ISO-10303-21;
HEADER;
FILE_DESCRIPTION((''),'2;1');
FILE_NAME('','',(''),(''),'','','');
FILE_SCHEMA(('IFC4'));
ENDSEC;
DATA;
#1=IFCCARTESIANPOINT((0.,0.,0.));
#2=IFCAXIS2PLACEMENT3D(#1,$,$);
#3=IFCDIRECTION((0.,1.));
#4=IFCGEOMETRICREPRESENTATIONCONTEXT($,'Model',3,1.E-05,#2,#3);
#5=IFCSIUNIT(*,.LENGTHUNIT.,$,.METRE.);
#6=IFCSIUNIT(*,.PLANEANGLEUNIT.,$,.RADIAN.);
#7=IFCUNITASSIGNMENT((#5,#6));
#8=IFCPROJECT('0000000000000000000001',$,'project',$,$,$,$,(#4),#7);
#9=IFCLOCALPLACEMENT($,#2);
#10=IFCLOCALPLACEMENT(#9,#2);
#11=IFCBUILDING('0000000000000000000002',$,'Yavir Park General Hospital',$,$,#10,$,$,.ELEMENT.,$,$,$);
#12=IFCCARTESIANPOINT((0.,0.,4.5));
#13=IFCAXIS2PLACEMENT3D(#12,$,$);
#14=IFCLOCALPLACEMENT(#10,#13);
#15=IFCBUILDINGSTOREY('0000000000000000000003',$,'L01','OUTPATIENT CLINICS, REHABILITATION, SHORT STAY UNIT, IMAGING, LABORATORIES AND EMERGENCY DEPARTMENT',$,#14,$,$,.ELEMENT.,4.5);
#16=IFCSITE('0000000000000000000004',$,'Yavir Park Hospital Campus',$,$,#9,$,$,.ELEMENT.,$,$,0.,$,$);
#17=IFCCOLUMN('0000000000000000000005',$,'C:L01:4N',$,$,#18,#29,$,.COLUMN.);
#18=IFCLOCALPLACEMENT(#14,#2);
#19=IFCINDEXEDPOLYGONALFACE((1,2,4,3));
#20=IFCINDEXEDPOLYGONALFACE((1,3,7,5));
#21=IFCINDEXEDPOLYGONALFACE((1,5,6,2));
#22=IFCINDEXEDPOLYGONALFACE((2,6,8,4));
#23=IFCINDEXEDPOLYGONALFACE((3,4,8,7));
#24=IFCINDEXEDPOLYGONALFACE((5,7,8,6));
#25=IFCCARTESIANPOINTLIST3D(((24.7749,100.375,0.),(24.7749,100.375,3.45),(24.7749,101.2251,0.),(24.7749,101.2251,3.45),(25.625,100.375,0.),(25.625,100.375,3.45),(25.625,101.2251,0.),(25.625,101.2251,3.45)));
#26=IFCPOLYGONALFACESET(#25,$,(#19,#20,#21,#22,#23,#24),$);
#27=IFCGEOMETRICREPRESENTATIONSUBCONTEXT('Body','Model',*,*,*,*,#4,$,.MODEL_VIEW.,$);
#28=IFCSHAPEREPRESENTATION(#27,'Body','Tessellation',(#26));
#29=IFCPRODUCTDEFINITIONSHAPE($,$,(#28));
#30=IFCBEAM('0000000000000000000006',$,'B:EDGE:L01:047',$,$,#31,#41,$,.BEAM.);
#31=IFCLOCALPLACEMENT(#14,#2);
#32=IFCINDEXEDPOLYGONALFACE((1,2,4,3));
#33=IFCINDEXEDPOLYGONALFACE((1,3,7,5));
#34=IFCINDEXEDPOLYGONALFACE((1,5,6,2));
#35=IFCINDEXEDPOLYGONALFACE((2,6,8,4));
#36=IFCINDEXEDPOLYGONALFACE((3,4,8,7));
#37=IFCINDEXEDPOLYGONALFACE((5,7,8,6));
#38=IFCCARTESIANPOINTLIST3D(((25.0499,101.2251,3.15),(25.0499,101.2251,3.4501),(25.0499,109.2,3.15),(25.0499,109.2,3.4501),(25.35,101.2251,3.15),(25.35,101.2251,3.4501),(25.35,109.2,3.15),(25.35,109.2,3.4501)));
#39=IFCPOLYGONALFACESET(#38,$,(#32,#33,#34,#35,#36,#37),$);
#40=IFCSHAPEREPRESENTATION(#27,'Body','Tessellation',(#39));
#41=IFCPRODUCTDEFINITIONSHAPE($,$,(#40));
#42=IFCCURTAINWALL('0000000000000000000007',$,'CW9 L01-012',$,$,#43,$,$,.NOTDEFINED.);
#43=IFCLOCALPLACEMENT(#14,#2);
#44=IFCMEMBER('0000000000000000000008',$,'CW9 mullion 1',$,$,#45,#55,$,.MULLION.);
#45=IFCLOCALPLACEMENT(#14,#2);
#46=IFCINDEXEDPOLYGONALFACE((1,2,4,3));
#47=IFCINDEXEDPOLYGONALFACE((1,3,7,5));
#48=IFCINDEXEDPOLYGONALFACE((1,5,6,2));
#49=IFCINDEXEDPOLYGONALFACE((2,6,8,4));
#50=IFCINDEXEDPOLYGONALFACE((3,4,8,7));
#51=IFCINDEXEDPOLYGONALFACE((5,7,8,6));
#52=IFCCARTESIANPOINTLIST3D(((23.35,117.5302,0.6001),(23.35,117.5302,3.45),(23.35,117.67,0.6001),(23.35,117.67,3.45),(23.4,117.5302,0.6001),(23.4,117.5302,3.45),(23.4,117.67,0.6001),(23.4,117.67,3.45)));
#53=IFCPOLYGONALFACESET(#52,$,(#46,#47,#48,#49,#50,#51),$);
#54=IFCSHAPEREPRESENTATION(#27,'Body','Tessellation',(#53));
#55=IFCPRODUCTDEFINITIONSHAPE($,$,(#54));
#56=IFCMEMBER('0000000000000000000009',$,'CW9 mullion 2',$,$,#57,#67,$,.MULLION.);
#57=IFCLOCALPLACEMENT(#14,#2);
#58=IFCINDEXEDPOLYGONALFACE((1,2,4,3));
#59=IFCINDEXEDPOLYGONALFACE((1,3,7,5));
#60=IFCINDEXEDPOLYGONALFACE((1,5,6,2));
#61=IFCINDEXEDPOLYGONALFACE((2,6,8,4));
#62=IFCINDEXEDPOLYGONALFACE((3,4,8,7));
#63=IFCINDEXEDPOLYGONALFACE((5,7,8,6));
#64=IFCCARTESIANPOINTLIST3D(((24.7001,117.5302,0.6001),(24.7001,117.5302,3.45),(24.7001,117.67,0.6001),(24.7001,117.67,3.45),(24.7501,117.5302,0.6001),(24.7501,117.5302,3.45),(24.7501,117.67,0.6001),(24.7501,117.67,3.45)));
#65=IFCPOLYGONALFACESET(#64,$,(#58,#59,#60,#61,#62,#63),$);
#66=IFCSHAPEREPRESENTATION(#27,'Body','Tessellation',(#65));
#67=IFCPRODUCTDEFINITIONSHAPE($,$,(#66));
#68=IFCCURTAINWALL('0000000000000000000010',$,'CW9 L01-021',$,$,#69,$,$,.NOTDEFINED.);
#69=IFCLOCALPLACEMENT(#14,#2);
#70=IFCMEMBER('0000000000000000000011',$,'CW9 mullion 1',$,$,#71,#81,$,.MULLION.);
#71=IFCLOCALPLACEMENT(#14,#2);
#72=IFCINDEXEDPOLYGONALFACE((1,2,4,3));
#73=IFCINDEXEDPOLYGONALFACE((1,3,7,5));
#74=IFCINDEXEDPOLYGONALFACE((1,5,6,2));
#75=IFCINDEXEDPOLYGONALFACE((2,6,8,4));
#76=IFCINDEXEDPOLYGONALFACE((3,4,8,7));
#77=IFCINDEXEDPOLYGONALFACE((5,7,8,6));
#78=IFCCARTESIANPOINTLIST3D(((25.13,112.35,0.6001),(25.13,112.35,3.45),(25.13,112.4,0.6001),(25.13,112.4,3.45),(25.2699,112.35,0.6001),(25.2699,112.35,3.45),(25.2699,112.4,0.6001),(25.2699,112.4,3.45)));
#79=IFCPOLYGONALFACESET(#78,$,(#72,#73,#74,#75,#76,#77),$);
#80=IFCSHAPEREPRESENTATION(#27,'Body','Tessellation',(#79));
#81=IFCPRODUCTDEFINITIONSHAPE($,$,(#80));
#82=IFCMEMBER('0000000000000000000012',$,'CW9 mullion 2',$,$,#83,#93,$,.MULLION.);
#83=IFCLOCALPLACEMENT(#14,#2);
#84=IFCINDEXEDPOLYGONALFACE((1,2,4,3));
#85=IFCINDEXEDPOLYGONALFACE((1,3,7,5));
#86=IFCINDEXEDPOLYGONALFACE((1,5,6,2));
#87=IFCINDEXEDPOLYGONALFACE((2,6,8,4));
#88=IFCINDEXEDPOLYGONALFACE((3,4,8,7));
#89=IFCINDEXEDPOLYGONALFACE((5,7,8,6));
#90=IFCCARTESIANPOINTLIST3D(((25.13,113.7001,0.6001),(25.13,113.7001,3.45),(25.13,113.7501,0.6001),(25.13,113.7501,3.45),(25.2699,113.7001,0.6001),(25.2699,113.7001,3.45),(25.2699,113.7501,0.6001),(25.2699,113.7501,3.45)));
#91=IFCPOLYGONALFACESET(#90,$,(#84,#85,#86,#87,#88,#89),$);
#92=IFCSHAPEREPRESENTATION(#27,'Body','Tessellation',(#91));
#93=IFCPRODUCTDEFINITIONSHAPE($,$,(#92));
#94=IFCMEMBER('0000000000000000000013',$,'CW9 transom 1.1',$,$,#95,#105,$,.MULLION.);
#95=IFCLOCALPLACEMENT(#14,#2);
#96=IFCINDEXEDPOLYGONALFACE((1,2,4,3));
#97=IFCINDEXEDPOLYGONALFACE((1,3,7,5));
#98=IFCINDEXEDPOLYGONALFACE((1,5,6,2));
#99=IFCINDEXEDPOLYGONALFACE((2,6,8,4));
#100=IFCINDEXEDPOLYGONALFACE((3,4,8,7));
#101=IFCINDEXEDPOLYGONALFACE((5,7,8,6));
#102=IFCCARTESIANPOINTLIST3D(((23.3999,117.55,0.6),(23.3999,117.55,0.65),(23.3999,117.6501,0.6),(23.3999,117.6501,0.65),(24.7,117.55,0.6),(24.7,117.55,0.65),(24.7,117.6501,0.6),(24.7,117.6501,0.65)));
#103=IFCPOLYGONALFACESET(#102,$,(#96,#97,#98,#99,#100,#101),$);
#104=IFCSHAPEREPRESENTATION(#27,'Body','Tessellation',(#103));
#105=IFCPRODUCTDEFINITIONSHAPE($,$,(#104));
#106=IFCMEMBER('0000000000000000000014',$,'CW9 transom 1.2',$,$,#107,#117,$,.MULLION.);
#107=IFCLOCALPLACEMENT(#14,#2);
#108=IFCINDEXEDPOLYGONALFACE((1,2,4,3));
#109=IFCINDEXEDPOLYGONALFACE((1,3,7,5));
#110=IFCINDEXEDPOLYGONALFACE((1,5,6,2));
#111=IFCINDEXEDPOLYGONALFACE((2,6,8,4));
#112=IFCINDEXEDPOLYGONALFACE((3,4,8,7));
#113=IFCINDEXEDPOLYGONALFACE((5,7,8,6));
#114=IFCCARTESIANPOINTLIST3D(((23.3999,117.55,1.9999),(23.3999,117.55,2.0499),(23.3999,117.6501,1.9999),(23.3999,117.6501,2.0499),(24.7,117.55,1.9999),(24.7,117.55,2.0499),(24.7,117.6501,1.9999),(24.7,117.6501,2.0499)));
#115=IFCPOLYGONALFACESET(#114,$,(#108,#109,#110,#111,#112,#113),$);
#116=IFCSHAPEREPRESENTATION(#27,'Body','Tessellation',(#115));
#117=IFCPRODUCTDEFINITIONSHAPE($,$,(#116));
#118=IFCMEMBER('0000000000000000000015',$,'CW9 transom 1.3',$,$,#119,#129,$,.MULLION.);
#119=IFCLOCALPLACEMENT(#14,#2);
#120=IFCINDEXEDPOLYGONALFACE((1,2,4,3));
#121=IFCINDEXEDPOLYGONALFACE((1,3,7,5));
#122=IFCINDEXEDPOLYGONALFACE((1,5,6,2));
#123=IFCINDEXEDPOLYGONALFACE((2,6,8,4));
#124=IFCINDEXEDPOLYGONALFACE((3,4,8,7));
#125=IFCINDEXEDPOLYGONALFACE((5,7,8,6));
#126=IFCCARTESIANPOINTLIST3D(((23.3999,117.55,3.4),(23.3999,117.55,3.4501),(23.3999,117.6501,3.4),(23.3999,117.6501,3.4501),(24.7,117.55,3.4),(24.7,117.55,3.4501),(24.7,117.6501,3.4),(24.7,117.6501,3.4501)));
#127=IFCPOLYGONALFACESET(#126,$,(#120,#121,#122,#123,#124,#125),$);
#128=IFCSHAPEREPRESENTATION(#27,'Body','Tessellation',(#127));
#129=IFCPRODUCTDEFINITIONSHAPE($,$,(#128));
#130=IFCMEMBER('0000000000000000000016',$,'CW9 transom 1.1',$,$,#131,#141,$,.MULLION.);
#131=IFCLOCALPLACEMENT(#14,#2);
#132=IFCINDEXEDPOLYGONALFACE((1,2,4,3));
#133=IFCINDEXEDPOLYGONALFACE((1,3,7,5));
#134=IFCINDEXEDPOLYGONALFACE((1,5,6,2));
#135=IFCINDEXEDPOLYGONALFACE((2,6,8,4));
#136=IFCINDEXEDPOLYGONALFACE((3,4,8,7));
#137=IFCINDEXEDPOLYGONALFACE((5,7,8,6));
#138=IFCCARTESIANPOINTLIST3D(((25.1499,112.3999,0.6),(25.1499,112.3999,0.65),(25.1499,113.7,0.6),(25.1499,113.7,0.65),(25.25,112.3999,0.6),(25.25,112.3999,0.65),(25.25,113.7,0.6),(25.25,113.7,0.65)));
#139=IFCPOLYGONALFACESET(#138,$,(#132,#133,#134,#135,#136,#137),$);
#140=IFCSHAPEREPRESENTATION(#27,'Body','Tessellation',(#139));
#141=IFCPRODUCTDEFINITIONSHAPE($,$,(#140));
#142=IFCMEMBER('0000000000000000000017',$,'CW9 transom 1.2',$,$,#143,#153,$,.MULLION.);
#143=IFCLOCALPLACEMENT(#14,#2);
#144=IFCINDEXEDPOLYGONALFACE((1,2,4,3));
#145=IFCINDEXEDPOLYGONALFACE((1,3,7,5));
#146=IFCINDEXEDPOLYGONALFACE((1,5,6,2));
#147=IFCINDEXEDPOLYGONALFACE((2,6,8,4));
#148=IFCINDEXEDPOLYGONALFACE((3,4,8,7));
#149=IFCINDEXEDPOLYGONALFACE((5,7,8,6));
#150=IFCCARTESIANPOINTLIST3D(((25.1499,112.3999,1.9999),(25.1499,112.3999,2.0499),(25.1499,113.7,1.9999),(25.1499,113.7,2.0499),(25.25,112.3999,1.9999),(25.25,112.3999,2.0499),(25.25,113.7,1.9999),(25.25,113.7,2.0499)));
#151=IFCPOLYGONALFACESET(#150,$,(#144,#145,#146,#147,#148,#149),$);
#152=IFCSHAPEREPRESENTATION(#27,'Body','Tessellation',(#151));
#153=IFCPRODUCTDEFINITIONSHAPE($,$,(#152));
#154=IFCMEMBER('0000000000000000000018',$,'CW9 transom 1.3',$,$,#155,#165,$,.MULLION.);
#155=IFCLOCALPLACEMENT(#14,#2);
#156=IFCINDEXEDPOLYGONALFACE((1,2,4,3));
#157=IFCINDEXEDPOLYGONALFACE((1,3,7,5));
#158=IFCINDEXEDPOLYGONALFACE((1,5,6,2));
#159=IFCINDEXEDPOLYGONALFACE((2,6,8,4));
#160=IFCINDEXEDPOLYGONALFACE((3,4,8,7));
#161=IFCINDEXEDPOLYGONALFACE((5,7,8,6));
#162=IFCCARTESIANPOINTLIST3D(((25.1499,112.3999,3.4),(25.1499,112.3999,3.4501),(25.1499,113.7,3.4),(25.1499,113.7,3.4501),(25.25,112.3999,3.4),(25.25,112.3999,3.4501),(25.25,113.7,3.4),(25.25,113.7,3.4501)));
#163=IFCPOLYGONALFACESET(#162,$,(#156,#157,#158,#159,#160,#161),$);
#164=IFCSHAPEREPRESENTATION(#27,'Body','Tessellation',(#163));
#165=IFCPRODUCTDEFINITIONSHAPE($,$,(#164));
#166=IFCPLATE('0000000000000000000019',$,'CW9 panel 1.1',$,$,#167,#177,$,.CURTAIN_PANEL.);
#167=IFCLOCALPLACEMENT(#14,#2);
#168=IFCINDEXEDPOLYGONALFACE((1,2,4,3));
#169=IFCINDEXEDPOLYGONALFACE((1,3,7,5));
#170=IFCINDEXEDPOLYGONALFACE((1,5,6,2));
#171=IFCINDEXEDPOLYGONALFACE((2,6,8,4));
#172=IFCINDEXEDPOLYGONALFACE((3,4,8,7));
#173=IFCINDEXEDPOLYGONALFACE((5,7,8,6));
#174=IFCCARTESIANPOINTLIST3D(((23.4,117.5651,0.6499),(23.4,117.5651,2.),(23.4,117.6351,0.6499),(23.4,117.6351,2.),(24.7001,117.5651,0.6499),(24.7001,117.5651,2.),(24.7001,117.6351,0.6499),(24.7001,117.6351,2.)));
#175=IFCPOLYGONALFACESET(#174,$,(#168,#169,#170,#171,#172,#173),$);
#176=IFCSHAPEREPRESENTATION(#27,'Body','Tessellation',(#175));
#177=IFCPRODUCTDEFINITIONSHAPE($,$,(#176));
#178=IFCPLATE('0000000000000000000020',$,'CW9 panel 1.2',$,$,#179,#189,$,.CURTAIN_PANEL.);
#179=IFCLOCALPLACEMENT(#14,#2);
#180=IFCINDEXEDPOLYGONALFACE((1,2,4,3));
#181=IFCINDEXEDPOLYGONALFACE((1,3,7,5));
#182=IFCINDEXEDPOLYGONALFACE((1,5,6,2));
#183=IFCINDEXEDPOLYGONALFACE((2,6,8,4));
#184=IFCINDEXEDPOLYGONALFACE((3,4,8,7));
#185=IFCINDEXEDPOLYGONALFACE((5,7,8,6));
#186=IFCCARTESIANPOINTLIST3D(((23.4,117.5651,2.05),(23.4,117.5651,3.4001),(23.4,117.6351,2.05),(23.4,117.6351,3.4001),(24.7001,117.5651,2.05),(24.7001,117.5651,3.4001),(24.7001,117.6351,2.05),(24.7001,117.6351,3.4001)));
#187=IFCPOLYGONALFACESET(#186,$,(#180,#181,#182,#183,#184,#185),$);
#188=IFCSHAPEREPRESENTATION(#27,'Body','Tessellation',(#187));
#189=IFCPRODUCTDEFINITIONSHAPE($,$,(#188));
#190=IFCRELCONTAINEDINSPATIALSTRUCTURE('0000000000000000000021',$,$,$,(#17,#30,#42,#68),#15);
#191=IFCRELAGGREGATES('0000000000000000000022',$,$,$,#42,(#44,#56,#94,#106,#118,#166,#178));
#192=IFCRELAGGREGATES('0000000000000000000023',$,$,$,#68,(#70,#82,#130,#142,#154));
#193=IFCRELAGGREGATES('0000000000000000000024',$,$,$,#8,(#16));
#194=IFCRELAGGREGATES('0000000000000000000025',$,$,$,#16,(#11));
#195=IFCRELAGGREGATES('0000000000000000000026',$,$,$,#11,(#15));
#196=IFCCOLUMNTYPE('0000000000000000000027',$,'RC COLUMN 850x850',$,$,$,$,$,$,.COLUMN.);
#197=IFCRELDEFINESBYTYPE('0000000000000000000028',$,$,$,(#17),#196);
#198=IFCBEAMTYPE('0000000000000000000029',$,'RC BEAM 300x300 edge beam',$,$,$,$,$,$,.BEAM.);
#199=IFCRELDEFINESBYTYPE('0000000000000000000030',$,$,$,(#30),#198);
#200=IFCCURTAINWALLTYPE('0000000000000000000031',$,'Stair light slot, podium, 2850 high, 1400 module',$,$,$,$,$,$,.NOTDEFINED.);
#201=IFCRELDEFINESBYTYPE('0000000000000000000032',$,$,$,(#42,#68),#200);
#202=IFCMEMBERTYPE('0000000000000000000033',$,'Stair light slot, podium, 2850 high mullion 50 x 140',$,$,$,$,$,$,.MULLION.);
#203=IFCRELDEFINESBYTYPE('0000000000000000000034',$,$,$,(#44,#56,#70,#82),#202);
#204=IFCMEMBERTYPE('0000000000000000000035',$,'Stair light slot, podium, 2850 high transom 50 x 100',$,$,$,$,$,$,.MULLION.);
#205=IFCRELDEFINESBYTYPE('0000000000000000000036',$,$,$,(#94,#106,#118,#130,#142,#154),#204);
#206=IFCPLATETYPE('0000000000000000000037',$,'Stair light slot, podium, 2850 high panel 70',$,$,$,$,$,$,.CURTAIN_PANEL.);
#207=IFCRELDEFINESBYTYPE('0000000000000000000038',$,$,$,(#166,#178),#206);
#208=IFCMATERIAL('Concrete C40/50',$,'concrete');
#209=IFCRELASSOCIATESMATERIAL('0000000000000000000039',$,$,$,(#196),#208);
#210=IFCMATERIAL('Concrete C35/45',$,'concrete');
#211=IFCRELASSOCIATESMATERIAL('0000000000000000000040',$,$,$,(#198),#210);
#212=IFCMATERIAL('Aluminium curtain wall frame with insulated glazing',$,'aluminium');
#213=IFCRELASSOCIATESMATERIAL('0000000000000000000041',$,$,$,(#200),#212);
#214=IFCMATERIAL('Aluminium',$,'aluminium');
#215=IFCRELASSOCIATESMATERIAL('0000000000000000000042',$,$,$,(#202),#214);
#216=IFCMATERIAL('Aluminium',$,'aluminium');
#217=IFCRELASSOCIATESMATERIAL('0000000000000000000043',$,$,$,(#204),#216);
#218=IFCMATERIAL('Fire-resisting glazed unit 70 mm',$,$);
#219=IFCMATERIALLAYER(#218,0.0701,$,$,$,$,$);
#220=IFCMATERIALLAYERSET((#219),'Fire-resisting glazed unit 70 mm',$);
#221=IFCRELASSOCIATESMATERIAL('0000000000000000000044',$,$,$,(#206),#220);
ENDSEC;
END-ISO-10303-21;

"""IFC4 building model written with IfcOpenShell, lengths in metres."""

from ifc_helpers import new_model, si_unit, direction, frame, origin, origin_2d, place, context, subcontext, project, spatial, rectangle, extrude, material, layer, layer_set, material_profile, profile_set, type_object, element, aggregate, save


model = new_model("IFC4")

# Units and contexts
model_context = context("Model", 3, precision=1e-05, world=origin(), true_north=direction((0.0, 1.0)))
body_context = subcontext(model_context, "Body", "Model", "MODEL_VIEW")
ifc_project = project(units=[si_unit("LENGTHUNIT", "METRE"), si_unit("PLANEANGLEUNIT", "RADIAN")], contexts=[model_context])

# Site, building, storey
site_placement = place(None, origin())
site = spatial("IfcSite", under=ifc_project, at=site_placement, Name="Yavir Park Hospital Campus", CompositionType="ELEMENT", RefElevation=0.0)
building_placement = place(site_placement, origin())
building = spatial("IfcBuilding", under=site, at=building_placement, Name="Yavir Park General Hospital", CompositionType="ELEMENT")
storey_placement = place(building_placement, frame((0.0, 0.0, 4.5)))
storey = spatial("IfcBuildingStorey", under=building, at=storey_placement, Name="L01", Description="OUTPATIENT CLINICS, REHABILITATION, SHORT STAY UNIT, IMAGING, LABORATORIES AND EMERGENCY DEPARTMENT", CompositionType="ELEMENT", Elevation=4.5)

# Column
ifc_material_1 = material(Name="Concrete C40/50", Category="concrete")
ifc_material_profile_1 = material_profile(ifc_material_1, rectangle(XDim=0.8501, YDim=0.8501, at=origin_2d()), Name="RC850x850")
ifc_profile_set_1 = profile_set([ifc_material_profile_1], Name="Concrete C40/50")
column_type = type_object("IfcColumnType", Name="RC COLUMN 850x850", PredefinedType="COLUMN", material=ifc_profile_set_1)
column_placement = place(storey_placement, frame((25.2, 100.8, 0.0), z_axis=(0.0, 0.0, 1.0), x_axis=(1.0, 0.0, 0.0)))
element("IfcColumn", 1, at=column_placement, inside=storey, type_object=column_type, Name="C:L01:4N", PredefinedType="COLUMN", context=body_context, shape_type="SweptSolid", body=[
    extrude(rectangle(XDim=0.8501, YDim=0.8501, at=origin_2d()), origin(), (0.0, 0.0, 1.0), 3.45),
])

# Beam
ifc_material_2 = material(Name="Concrete C35/45", Category="concrete")
ifc_material_profile_2 = material_profile(ifc_material_2, rectangle(XDim=0.3, YDim=0.3, at=origin_2d()), Name="RC300x300")
ifc_profile_set_2 = profile_set([ifc_material_profile_2], Name="Concrete C35/45")
beam_type = type_object("IfcBeamType", Name="RC BEAM 300x300 edge beam", PredefinedType="BEAM", material=ifc_profile_set_2)
beam_placement = place(storey_placement, frame((25.2, 101.2251, 3.3), z_axis=(0.0, 1.0, 0.0), x_axis=(-1.0, 0.0, 0.0)))
element("IfcBeam", 2, at=beam_placement, inside=storey, type_object=beam_type, Name="B:EDGE:L01:047", PredefinedType="BEAM", context=body_context, shape_type="SweptSolid", body=[
    extrude(rectangle(XDim=0.3, YDim=0.3, at=origin_2d()), origin(), (0.0, 0.0, 1.0), 7.9749),
])

# Curtain walls, members
ifc_material_3 = material(Name="Aluminium curtain wall frame with insulated glazing", Category="aluminium")
curtain_wall_type = type_object("IfcCurtainWallType", Name="Stair light slot, podium, 2850 high, 1400 module", PredefinedType="NOTDEFINED", material=ifc_material_3)
curtain_wall_1_placement = place(storey_placement, origin())
curtain_wall_1 = element("IfcCurtainWall", 3, at=curtain_wall_1_placement, inside=storey, type_object=curtain_wall_type, Name="CW9 L01-012", PredefinedType="NOTDEFINED")
ifc_material_4 = material(Name="Aluminium", Category="aluminium")
ifc_material_profile_3 = material_profile(ifc_material_4, rectangle(XDim=0.1399, YDim=0.05, at=origin_2d()), Name="AL 50x140")
ifc_profile_set_3 = profile_set([ifc_material_profile_3], Name="Aluminium")
member_type_1 = type_object("IfcMemberType", Name="Stair light slot, podium, 2850 high mullion 50 x 140", PredefinedType="MULLION", material=ifc_profile_set_3)
member_1_placement = place(storey_placement, frame((23.375, 117.6001, 0.6001), z_axis=(0.0, 0.0, 1.0), x_axis=(0.0, 1.0, 0.0)))
member_1 = element("IfcMember", 4, at=member_1_placement, type_object=member_type_1, Name="CW9 mullion 1", PredefinedType="MULLION", context=body_context, shape_type="SweptSolid", body=[
    extrude(rectangle(XDim=0.1399, YDim=0.05, at=origin_2d()), origin(), (0.0, 0.0, 1.0), 2.8499),
])
member_2_placement = place(storey_placement, frame((24.7251, 117.6001, 0.6001), z_axis=(0.0, 0.0, 1.0), x_axis=(0.0, 1.0, 0.0)))
member_2 = element("IfcMember", 5, at=member_2_placement, type_object=member_type_1, Name="CW9 mullion 2", PredefinedType="MULLION", context=body_context, shape_type="SweptSolid", body=[
    extrude(rectangle(XDim=0.1399, YDim=0.05, at=origin_2d()), origin(), (0.0, 0.0, 1.0), 2.8499),
])
curtain_wall_2_placement = place(storey_placement, origin())
curtain_wall_2 = element("IfcCurtainWall", 6, at=curtain_wall_2_placement, inside=storey, type_object=curtain_wall_type, Name="CW9 L01-021", PredefinedType="NOTDEFINED")
member_3_placement = place(storey_placement, frame((25.2, 112.375, 0.6001), z_axis=(0.0, 0.0, 1.0), x_axis=(-1.0, 0.0, 0.0)))
member_3 = element("IfcMember", 7, at=member_3_placement, type_object=member_type_1, Name="CW9 mullion 1", PredefinedType="MULLION", context=body_context, shape_type="SweptSolid", body=[
    extrude(rectangle(XDim=0.1399, YDim=0.05, at=origin_2d()), origin(), (0.0, 0.0, 1.0), 2.8499),
])
member_4_placement = place(storey_placement, frame((25.2, 113.7251, 0.6001), z_axis=(0.0, 0.0, 1.0), x_axis=(-1.0, 0.0, 0.0)))
member_4 = element("IfcMember", 8, at=member_4_placement, type_object=member_type_1, Name="CW9 mullion 2", PredefinedType="MULLION", context=body_context, shape_type="SweptSolid", body=[
    extrude(rectangle(XDim=0.1399, YDim=0.05, at=origin_2d()), origin(), (0.0, 0.0, 1.0), 2.8499),
])

# Members
ifc_material_5 = material(Name="Aluminium", Category="aluminium")
ifc_material_profile_4 = material_profile(ifc_material_5, rectangle(XDim=0.1001, YDim=0.05, at=origin_2d()), Name="AL 100x50")
ifc_profile_set_4 = profile_set([ifc_material_profile_4], Name="Aluminium")
member_type_2 = type_object("IfcMemberType", Name="Stair light slot, podium, 2850 high transom 50 x 100", PredefinedType="MULLION", material=ifc_profile_set_4)
member_5_placement = place(storey_placement, frame((23.3999, 117.6001, 0.625), z_axis=(1.0, 0.0, 0.0), x_axis=(0.0, 1.0, 0.0)))
member_5 = element("IfcMember", 9, at=member_5_placement, type_object=member_type_2, Name="CW9 transom 1.1", PredefinedType="MULLION", context=body_context, shape_type="SweptSolid", body=[
    extrude(rectangle(XDim=0.1001, YDim=0.05, at=origin_2d()), origin(), (0.0, 0.0, 1.0), 1.3),
])
member_6_placement = place(storey_placement, frame((23.3999, 117.6001, 2.0249), z_axis=(1.0, 0.0, 0.0), x_axis=(0.0, 1.0, 0.0)))
member_6 = element("IfcMember", 10, at=member_6_placement, type_object=member_type_2, Name="CW9 transom 1.2", PredefinedType="MULLION", context=body_context, shape_type="SweptSolid", body=[
    extrude(rectangle(XDim=0.1001, YDim=0.05, at=origin_2d()), origin(), (0.0, 0.0, 1.0), 1.3),
])
member_7_placement = place(storey_placement, frame((23.3999, 117.6001, 3.425), z_axis=(1.0, 0.0, 0.0), x_axis=(0.0, 1.0, 0.0)))
member_7 = element("IfcMember", 11, at=member_7_placement, type_object=member_type_2, Name="CW9 transom 1.3", PredefinedType="MULLION", context=body_context, shape_type="SweptSolid", body=[
    extrude(rectangle(XDim=0.1001, YDim=0.05, at=origin_2d()), origin(), (0.0, 0.0, 1.0), 1.3),
])
member_8_placement = place(storey_placement, frame((25.2, 112.3999, 0.625), z_axis=(0.0, 1.0, 0.0), x_axis=(-1.0, 0.0, 0.0)))
member_8 = element("IfcMember", 12, at=member_8_placement, type_object=member_type_2, Name="CW9 transom 1.1", PredefinedType="MULLION", context=body_context, shape_type="SweptSolid", body=[
    extrude(rectangle(XDim=0.1001, YDim=0.05, at=origin_2d()), origin(), (0.0, 0.0, 1.0), 1.3),
])
member_9_placement = place(storey_placement, frame((25.2, 112.3999, 2.0249), z_axis=(0.0, 1.0, 0.0), x_axis=(-1.0, 0.0, 0.0)))
member_9 = element("IfcMember", 13, at=member_9_placement, type_object=member_type_2, Name="CW9 transom 1.2", PredefinedType="MULLION", context=body_context, shape_type="SweptSolid", body=[
    extrude(rectangle(XDim=0.1001, YDim=0.05, at=origin_2d()), origin(), (0.0, 0.0, 1.0), 1.3),
])
member_10_placement = place(storey_placement, frame((25.2, 112.3999, 3.425), z_axis=(0.0, 1.0, 0.0), x_axis=(-1.0, 0.0, 0.0)))
member_10 = element("IfcMember", 14, at=member_10_placement, type_object=member_type_2, Name="CW9 transom 1.3", PredefinedType="MULLION", context=body_context, shape_type="SweptSolid", body=[
    extrude(rectangle(XDim=0.1001, YDim=0.05, at=origin_2d()), origin(), (0.0, 0.0, 1.0), 1.3),
])

# Plates
ifc_material_6 = material(Name="Fire-resisting glazed unit 70 mm")
ifc_layer_1 = layer(ifc_material_6, 0.0701)
ifc_layer_set_1 = layer_set([ifc_layer_1], Name="Fire-resisting glazed unit 70 mm")
plate_type = type_object("IfcPlateType", Name="Stair light slot, podium, 2850 high panel 70", PredefinedType="CURTAIN_PANEL", material=ifc_layer_set_1)
plate_1_placement = place(storey_placement, frame((24.05, 117.6001, 0.6499), z_axis=(0.0, 0.0, 1.0), x_axis=(1.0, 0.0, 0.0)))
plate_1 = element("IfcPlate", 15, at=plate_1_placement, type_object=plate_type, Name="CW9 panel 1.1", PredefinedType="CURTAIN_PANEL", context=body_context, shape_type="SweptSolid", body=[
    extrude(rectangle(XDim=1.3, YDim=0.0701, at=origin_2d()), origin(), (0.0, 0.0, 1.0), 1.3501),
])
plate_2_placement = place(storey_placement, frame((24.05, 117.6001, 2.05), z_axis=(0.0, 0.0, 1.0), x_axis=(1.0, 0.0, 0.0)))
plate_2 = element("IfcPlate", 16, at=plate_2_placement, type_object=plate_type, Name="CW9 panel 1.2", PredefinedType="CURTAIN_PANEL", context=body_context, shape_type="SweptSolid", body=[
    extrude(rectangle(XDim=1.3, YDim=0.0701, at=origin_2d()), origin(), (0.0, 0.0, 1.0), 1.3501),
])
aggregate(curtain_wall_1, [member_1, member_2, member_5, member_6, member_7, plate_1, plate_2])
aggregate(curtain_wall_2, [member_3, member_4, member_8, member_9, member_10])

save(model, "model.ifc")
